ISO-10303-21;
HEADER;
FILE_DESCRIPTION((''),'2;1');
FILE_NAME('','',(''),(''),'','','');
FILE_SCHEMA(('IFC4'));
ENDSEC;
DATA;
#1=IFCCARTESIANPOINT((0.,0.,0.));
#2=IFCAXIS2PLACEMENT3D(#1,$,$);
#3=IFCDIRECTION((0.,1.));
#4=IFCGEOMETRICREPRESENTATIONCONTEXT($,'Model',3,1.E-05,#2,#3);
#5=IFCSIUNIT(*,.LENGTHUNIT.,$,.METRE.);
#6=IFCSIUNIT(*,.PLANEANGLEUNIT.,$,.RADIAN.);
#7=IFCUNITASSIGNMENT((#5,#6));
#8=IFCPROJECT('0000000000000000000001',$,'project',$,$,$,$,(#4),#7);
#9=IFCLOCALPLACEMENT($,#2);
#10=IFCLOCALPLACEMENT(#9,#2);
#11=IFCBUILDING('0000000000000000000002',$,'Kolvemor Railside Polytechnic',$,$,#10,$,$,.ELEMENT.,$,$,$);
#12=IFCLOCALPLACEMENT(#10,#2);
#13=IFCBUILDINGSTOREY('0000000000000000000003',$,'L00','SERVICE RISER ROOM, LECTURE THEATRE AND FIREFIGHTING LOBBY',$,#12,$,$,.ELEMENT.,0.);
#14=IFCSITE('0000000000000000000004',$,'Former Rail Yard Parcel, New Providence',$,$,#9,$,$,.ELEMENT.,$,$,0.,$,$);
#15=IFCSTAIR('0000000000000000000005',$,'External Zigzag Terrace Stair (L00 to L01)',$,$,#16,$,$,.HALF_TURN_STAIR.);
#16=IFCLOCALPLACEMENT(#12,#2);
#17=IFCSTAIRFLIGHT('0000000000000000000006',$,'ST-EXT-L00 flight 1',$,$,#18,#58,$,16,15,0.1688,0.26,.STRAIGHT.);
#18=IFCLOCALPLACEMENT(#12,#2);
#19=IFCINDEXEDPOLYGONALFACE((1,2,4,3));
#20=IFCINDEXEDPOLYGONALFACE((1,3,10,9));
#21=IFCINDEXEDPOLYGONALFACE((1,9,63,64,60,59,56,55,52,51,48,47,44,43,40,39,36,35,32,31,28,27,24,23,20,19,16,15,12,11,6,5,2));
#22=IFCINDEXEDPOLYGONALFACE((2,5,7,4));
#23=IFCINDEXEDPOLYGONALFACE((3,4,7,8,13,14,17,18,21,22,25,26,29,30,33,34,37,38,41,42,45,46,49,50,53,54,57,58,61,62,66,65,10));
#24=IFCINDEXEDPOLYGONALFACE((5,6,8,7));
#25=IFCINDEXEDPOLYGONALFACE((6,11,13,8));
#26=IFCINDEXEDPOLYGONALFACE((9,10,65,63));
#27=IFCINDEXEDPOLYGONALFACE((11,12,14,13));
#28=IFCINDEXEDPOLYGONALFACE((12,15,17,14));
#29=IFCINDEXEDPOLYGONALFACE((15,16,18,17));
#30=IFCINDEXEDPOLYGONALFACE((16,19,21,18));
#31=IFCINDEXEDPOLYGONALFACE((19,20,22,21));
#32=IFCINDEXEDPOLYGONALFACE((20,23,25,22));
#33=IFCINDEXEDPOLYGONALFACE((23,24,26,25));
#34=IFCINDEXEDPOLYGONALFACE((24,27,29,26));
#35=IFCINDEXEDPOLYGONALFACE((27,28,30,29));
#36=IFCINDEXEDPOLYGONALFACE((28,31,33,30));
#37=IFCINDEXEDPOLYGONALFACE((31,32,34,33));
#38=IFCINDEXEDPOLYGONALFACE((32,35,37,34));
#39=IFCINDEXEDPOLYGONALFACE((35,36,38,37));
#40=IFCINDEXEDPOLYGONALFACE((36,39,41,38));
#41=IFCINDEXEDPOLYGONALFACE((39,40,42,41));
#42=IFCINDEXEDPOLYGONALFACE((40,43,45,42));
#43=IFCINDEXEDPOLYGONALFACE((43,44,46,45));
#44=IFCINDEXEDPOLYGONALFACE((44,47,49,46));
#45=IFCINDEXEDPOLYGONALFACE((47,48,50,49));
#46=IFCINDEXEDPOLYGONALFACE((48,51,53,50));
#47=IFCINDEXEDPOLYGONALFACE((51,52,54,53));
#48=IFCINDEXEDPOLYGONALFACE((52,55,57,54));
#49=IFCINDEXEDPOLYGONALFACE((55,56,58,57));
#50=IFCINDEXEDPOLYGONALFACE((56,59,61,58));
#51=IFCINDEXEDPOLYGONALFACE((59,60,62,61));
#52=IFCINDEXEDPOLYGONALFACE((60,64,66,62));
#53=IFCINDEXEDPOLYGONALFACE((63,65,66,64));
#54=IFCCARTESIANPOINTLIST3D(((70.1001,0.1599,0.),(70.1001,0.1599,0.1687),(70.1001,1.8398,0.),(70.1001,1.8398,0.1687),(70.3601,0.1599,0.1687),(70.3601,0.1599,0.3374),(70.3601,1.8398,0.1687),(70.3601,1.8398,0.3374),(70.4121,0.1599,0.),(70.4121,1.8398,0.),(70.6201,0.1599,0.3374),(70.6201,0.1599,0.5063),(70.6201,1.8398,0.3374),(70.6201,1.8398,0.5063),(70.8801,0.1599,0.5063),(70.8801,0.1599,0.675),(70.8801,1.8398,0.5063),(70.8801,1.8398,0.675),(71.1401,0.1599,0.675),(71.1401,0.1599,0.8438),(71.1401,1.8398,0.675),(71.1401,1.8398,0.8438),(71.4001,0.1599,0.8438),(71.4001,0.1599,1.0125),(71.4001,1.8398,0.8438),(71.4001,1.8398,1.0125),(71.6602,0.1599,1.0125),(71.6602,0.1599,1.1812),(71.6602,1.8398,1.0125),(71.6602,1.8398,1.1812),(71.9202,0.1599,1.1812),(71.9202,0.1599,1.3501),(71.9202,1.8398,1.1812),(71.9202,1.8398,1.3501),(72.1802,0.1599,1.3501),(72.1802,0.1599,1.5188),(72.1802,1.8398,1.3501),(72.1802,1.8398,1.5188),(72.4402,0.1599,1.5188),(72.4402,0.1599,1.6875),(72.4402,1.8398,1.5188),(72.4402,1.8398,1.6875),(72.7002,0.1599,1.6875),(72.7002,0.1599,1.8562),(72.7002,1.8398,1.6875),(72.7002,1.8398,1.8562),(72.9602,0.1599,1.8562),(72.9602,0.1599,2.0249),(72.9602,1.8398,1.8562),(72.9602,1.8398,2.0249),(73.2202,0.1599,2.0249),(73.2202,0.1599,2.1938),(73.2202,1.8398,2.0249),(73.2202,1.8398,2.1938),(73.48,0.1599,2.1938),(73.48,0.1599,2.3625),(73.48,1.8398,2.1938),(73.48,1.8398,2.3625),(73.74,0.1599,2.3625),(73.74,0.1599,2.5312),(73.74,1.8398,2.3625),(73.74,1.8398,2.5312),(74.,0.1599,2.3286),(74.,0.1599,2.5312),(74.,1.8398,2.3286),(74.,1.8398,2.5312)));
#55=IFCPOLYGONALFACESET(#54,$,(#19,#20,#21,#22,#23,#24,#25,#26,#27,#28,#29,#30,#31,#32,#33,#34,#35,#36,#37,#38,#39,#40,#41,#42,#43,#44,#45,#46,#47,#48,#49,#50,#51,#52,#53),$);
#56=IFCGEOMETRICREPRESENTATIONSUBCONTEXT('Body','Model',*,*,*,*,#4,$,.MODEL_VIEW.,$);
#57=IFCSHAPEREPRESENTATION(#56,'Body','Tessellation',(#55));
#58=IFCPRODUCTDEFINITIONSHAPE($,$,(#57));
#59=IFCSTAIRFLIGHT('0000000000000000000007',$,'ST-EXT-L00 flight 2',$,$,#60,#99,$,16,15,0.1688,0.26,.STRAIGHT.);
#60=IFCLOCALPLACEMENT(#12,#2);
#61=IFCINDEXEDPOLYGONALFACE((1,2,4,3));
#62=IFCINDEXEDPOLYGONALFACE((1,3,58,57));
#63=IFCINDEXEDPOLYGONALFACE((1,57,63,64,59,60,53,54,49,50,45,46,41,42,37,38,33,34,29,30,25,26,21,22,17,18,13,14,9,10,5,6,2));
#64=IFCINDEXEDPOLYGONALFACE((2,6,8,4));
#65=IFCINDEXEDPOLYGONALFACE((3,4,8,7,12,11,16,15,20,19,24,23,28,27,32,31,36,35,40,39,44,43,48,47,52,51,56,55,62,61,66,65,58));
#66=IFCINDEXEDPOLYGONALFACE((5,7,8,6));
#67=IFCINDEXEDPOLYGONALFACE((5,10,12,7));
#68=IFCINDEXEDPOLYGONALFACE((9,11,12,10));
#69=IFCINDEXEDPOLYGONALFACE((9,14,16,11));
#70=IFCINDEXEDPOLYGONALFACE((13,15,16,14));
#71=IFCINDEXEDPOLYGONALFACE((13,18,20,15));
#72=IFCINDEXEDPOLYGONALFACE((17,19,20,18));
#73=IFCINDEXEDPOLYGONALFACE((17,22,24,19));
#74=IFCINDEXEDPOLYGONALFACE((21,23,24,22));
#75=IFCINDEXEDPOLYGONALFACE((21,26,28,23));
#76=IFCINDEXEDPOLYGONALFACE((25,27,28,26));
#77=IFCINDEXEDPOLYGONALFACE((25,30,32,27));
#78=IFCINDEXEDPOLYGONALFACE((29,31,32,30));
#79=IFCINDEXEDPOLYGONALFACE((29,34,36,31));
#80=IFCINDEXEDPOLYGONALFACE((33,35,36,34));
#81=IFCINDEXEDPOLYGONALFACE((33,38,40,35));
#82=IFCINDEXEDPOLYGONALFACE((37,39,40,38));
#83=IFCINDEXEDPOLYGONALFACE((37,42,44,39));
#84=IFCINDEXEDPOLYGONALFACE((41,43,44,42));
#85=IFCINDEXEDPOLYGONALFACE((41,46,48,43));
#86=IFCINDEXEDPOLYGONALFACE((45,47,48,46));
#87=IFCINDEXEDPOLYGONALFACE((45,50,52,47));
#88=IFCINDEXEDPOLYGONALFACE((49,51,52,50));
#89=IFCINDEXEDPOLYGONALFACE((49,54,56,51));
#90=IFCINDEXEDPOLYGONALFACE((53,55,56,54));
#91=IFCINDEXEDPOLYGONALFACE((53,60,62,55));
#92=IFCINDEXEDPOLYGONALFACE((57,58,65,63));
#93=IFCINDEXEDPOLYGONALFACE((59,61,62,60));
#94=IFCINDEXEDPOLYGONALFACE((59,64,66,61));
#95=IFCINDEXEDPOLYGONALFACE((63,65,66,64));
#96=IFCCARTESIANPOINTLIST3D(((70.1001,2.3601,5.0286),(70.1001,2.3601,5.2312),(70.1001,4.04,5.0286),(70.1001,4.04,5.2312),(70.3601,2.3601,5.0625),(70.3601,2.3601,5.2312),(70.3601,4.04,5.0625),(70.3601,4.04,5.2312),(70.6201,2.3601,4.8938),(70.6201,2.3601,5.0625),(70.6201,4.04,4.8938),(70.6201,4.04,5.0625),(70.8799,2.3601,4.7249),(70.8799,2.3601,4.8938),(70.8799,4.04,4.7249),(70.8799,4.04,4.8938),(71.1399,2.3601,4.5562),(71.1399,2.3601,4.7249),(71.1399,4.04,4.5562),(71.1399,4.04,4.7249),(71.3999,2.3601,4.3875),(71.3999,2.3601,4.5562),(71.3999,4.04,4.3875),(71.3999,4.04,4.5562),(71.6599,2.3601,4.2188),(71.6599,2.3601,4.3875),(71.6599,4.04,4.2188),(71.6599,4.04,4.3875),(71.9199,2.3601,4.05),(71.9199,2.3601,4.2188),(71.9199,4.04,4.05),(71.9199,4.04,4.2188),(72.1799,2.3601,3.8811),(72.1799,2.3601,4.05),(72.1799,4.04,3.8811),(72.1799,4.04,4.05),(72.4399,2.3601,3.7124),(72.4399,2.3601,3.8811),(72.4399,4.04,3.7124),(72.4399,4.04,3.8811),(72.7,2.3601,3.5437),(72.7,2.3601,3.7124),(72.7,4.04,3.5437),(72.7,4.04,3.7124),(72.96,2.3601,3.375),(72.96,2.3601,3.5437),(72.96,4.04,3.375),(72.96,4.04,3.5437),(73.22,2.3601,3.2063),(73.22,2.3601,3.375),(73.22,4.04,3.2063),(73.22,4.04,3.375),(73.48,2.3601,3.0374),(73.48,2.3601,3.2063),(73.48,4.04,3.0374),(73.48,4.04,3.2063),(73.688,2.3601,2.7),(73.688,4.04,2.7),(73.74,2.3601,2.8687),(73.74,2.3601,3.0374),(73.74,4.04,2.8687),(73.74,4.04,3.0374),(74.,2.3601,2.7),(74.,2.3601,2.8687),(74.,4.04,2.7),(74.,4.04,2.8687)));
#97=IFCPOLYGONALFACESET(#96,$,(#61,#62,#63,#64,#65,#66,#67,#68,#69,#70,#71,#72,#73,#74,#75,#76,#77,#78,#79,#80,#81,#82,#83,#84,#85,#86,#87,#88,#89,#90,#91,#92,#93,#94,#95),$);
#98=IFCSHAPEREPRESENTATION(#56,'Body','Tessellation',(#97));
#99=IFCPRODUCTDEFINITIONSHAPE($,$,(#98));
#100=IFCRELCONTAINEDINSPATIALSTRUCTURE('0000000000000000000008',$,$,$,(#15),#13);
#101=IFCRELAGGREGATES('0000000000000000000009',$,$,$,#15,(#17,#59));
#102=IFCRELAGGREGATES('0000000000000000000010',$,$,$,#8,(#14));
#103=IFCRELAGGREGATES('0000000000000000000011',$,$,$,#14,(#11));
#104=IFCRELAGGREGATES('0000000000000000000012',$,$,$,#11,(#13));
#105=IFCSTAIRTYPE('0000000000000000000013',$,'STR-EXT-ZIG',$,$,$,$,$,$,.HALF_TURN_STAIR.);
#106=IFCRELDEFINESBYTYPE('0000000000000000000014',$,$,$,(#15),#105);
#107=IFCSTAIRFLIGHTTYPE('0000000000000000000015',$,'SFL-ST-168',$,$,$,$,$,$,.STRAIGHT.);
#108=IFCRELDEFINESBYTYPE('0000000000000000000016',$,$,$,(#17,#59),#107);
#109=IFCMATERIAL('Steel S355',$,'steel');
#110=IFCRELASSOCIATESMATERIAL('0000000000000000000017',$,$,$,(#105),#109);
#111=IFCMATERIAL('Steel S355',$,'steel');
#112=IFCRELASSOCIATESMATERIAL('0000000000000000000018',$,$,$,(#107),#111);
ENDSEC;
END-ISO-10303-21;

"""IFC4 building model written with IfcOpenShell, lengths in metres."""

from ifc_helpers import new_model, si_unit, direction, frame, origin, place, context, subcontext, project, spatial, polyline, outline, extrude, material, type_object, element, aggregate, save


model = new_model("IFC4")

# Units and contexts
model_context = context("Model", 3, precision=1e-05, world=origin(), true_north=direction((0.0, 1.0)))
body_context = subcontext(model_context, "Body", "Model", "MODEL_VIEW")
ifc_project = project(units=[si_unit("LENGTHUNIT", "METRE"), si_unit("PLANEANGLEUNIT", "RADIAN")], contexts=[model_context])

# Site, building, storey
site_placement = place(None, origin())
site = spatial("IfcSite", under=ifc_project, at=site_placement, Name="Former Rail Yard Parcel, New Providence", CompositionType="ELEMENT", RefElevation=0.0)
building_placement = place(site_placement, origin())
building = spatial("IfcBuilding", under=site, at=building_placement, Name="Kolvemor Railside Polytechnic", CompositionType="ELEMENT")
storey_placement = place(building_placement, origin())
storey = spatial("IfcBuildingStorey", under=building, at=storey_placement, Name="L00", Description="SERVICE RISER ROOM, LECTURE THEATRE AND FIREFIGHTING LOBBY", CompositionType="ELEMENT", Elevation=0.0)

# Stair, stair flights
ifc_material_1 = material(Name="Steel S355", Category="steel")
stair_type = type_object("IfcStairType", Name="STR-EXT-ZIG", PredefinedType="HALF_TURN_STAIR", material=ifc_material_1)
stair_placement = place(storey_placement, origin())
stair = element("IfcStair", 1, at=stair_placement, inside=storey, type_object=stair_type, Name="External Zigzag Terrace Stair (L00 to L01)", PredefinedType="HALF_TURN_STAIR")
ifc_material_2 = material(Name="Steel S355", Category="steel")
stair_flight_type = type_object("IfcStairFlightType", Name="SFL-ST-168", PredefinedType="STRAIGHT", material=ifc_material_2)
stair_flight_1_placement = place(storey_placement, frame((70.1001, 1.0, 0.0), z_axis=(0.0, 0.0, 1.0), x_axis=(1.0, 0.0, 0.0)))
stair_flight_1 = element("IfcStairFlight", 2, at=stair_flight_1_placement, type_object=stair_flight_type, Name="ST-EXT-L00 flight 1", NumberOfRisers=16, NumberOfTreads=15, PredefinedType="STRAIGHT", RiserHeight=0.1688, TreadLength=0.26, context=body_context, shape_type="SweptSolid", body=[
    extrude(outline(polyline([(0.0, 0.0), (0.0, 0.1687), (0.26, 0.1687), (0.26, 0.3374), (0.52, 0.3374), (0.52, 0.5063), (0.78, 0.5063), (0.78, 0.675), (1.04, 0.675), (1.04, 0.8438), (1.3, 0.8438), (1.3, 1.0125), (1.5601, 1.0125), (1.5601, 1.1812), (1.8201, 1.1812), (1.8201, 1.3501), (2.0801, 1.3501), (2.0801, 1.5188), (2.3401, 1.5188), (2.3401, 1.6875), (2.6001, 1.6875), (2.6001, 1.8562), (2.8601, 1.8562), (2.8601, 2.0249), (3.1201, 2.0249), (3.1201, 2.1938), (3.3799, 2.1938), (3.3799, 2.3625), (3.6399, 2.3625), (3.6399, 2.5312), (3.8999, 2.5312), (3.8999, 2.7), (3.8999, 2.3286), (0.312, 0.0), (0.0, 0.0)])), frame((0.0, 0.8398, 0.0), z_axis=(0.0, -1.0, 0.0), x_axis=(1.0, 0.0, 0.0)), (0.0, 0.0, 1.0), 1.6799),
])
stair_flight_2_placement = place(storey_placement, frame((74.0, 3.2, 2.7), z_axis=(0.0, 0.0, 1.0), x_axis=(-1.0, 0.0, 0.0)))
stair_flight_2 = element("IfcStairFlight", 3, at=stair_flight_2_placement, type_object=stair_flight_type, Name="ST-EXT-L00 flight 2", NumberOfRisers=16, NumberOfTreads=15, PredefinedType="STRAIGHT", RiserHeight=0.1688, TreadLength=0.26, context=body_context, shape_type="SweptSolid", body=[
    extrude(outline(polyline([(0.0, 0.0), (0.0, 0.1687), (0.26, 0.1687), (0.26, 0.3374), (0.52, 0.3374), (0.52, 0.5063), (0.78, 0.5063), (0.78, 0.675), (1.04, 0.675), (1.04, 0.8438), (1.3, 0.8438), (1.3, 1.0125), (1.5601, 1.0125), (1.5601, 1.1812), (1.8201, 1.1812), (1.8201, 1.3501), (2.0801, 1.3501), (2.0801, 1.5188), (2.3401, 1.5188), (2.3401, 1.6875), (2.6001, 1.6875), (2.6001, 1.8562), (2.8601, 1.8562), (2.8601, 2.0249), (3.1201, 2.0249), (3.1201, 2.1938), (3.3799, 2.1938), (3.3799, 2.3625), (3.6399, 2.3625), (3.6399, 2.5312), (3.8999, 2.5312), (3.8999, 2.7), (3.8999, 2.3286), (0.312, 0.0), (0.0, 0.0)])), frame((0.0, 0.8398, 0.0), z_axis=(0.0, -1.0, 0.0), x_axis=(1.0, 0.0, 0.0)), (0.0, 0.0, 1.0), 1.6799),
])
aggregate(stair, [stair_flight_1, stair_flight_2])

save(model, "model.ifc")
